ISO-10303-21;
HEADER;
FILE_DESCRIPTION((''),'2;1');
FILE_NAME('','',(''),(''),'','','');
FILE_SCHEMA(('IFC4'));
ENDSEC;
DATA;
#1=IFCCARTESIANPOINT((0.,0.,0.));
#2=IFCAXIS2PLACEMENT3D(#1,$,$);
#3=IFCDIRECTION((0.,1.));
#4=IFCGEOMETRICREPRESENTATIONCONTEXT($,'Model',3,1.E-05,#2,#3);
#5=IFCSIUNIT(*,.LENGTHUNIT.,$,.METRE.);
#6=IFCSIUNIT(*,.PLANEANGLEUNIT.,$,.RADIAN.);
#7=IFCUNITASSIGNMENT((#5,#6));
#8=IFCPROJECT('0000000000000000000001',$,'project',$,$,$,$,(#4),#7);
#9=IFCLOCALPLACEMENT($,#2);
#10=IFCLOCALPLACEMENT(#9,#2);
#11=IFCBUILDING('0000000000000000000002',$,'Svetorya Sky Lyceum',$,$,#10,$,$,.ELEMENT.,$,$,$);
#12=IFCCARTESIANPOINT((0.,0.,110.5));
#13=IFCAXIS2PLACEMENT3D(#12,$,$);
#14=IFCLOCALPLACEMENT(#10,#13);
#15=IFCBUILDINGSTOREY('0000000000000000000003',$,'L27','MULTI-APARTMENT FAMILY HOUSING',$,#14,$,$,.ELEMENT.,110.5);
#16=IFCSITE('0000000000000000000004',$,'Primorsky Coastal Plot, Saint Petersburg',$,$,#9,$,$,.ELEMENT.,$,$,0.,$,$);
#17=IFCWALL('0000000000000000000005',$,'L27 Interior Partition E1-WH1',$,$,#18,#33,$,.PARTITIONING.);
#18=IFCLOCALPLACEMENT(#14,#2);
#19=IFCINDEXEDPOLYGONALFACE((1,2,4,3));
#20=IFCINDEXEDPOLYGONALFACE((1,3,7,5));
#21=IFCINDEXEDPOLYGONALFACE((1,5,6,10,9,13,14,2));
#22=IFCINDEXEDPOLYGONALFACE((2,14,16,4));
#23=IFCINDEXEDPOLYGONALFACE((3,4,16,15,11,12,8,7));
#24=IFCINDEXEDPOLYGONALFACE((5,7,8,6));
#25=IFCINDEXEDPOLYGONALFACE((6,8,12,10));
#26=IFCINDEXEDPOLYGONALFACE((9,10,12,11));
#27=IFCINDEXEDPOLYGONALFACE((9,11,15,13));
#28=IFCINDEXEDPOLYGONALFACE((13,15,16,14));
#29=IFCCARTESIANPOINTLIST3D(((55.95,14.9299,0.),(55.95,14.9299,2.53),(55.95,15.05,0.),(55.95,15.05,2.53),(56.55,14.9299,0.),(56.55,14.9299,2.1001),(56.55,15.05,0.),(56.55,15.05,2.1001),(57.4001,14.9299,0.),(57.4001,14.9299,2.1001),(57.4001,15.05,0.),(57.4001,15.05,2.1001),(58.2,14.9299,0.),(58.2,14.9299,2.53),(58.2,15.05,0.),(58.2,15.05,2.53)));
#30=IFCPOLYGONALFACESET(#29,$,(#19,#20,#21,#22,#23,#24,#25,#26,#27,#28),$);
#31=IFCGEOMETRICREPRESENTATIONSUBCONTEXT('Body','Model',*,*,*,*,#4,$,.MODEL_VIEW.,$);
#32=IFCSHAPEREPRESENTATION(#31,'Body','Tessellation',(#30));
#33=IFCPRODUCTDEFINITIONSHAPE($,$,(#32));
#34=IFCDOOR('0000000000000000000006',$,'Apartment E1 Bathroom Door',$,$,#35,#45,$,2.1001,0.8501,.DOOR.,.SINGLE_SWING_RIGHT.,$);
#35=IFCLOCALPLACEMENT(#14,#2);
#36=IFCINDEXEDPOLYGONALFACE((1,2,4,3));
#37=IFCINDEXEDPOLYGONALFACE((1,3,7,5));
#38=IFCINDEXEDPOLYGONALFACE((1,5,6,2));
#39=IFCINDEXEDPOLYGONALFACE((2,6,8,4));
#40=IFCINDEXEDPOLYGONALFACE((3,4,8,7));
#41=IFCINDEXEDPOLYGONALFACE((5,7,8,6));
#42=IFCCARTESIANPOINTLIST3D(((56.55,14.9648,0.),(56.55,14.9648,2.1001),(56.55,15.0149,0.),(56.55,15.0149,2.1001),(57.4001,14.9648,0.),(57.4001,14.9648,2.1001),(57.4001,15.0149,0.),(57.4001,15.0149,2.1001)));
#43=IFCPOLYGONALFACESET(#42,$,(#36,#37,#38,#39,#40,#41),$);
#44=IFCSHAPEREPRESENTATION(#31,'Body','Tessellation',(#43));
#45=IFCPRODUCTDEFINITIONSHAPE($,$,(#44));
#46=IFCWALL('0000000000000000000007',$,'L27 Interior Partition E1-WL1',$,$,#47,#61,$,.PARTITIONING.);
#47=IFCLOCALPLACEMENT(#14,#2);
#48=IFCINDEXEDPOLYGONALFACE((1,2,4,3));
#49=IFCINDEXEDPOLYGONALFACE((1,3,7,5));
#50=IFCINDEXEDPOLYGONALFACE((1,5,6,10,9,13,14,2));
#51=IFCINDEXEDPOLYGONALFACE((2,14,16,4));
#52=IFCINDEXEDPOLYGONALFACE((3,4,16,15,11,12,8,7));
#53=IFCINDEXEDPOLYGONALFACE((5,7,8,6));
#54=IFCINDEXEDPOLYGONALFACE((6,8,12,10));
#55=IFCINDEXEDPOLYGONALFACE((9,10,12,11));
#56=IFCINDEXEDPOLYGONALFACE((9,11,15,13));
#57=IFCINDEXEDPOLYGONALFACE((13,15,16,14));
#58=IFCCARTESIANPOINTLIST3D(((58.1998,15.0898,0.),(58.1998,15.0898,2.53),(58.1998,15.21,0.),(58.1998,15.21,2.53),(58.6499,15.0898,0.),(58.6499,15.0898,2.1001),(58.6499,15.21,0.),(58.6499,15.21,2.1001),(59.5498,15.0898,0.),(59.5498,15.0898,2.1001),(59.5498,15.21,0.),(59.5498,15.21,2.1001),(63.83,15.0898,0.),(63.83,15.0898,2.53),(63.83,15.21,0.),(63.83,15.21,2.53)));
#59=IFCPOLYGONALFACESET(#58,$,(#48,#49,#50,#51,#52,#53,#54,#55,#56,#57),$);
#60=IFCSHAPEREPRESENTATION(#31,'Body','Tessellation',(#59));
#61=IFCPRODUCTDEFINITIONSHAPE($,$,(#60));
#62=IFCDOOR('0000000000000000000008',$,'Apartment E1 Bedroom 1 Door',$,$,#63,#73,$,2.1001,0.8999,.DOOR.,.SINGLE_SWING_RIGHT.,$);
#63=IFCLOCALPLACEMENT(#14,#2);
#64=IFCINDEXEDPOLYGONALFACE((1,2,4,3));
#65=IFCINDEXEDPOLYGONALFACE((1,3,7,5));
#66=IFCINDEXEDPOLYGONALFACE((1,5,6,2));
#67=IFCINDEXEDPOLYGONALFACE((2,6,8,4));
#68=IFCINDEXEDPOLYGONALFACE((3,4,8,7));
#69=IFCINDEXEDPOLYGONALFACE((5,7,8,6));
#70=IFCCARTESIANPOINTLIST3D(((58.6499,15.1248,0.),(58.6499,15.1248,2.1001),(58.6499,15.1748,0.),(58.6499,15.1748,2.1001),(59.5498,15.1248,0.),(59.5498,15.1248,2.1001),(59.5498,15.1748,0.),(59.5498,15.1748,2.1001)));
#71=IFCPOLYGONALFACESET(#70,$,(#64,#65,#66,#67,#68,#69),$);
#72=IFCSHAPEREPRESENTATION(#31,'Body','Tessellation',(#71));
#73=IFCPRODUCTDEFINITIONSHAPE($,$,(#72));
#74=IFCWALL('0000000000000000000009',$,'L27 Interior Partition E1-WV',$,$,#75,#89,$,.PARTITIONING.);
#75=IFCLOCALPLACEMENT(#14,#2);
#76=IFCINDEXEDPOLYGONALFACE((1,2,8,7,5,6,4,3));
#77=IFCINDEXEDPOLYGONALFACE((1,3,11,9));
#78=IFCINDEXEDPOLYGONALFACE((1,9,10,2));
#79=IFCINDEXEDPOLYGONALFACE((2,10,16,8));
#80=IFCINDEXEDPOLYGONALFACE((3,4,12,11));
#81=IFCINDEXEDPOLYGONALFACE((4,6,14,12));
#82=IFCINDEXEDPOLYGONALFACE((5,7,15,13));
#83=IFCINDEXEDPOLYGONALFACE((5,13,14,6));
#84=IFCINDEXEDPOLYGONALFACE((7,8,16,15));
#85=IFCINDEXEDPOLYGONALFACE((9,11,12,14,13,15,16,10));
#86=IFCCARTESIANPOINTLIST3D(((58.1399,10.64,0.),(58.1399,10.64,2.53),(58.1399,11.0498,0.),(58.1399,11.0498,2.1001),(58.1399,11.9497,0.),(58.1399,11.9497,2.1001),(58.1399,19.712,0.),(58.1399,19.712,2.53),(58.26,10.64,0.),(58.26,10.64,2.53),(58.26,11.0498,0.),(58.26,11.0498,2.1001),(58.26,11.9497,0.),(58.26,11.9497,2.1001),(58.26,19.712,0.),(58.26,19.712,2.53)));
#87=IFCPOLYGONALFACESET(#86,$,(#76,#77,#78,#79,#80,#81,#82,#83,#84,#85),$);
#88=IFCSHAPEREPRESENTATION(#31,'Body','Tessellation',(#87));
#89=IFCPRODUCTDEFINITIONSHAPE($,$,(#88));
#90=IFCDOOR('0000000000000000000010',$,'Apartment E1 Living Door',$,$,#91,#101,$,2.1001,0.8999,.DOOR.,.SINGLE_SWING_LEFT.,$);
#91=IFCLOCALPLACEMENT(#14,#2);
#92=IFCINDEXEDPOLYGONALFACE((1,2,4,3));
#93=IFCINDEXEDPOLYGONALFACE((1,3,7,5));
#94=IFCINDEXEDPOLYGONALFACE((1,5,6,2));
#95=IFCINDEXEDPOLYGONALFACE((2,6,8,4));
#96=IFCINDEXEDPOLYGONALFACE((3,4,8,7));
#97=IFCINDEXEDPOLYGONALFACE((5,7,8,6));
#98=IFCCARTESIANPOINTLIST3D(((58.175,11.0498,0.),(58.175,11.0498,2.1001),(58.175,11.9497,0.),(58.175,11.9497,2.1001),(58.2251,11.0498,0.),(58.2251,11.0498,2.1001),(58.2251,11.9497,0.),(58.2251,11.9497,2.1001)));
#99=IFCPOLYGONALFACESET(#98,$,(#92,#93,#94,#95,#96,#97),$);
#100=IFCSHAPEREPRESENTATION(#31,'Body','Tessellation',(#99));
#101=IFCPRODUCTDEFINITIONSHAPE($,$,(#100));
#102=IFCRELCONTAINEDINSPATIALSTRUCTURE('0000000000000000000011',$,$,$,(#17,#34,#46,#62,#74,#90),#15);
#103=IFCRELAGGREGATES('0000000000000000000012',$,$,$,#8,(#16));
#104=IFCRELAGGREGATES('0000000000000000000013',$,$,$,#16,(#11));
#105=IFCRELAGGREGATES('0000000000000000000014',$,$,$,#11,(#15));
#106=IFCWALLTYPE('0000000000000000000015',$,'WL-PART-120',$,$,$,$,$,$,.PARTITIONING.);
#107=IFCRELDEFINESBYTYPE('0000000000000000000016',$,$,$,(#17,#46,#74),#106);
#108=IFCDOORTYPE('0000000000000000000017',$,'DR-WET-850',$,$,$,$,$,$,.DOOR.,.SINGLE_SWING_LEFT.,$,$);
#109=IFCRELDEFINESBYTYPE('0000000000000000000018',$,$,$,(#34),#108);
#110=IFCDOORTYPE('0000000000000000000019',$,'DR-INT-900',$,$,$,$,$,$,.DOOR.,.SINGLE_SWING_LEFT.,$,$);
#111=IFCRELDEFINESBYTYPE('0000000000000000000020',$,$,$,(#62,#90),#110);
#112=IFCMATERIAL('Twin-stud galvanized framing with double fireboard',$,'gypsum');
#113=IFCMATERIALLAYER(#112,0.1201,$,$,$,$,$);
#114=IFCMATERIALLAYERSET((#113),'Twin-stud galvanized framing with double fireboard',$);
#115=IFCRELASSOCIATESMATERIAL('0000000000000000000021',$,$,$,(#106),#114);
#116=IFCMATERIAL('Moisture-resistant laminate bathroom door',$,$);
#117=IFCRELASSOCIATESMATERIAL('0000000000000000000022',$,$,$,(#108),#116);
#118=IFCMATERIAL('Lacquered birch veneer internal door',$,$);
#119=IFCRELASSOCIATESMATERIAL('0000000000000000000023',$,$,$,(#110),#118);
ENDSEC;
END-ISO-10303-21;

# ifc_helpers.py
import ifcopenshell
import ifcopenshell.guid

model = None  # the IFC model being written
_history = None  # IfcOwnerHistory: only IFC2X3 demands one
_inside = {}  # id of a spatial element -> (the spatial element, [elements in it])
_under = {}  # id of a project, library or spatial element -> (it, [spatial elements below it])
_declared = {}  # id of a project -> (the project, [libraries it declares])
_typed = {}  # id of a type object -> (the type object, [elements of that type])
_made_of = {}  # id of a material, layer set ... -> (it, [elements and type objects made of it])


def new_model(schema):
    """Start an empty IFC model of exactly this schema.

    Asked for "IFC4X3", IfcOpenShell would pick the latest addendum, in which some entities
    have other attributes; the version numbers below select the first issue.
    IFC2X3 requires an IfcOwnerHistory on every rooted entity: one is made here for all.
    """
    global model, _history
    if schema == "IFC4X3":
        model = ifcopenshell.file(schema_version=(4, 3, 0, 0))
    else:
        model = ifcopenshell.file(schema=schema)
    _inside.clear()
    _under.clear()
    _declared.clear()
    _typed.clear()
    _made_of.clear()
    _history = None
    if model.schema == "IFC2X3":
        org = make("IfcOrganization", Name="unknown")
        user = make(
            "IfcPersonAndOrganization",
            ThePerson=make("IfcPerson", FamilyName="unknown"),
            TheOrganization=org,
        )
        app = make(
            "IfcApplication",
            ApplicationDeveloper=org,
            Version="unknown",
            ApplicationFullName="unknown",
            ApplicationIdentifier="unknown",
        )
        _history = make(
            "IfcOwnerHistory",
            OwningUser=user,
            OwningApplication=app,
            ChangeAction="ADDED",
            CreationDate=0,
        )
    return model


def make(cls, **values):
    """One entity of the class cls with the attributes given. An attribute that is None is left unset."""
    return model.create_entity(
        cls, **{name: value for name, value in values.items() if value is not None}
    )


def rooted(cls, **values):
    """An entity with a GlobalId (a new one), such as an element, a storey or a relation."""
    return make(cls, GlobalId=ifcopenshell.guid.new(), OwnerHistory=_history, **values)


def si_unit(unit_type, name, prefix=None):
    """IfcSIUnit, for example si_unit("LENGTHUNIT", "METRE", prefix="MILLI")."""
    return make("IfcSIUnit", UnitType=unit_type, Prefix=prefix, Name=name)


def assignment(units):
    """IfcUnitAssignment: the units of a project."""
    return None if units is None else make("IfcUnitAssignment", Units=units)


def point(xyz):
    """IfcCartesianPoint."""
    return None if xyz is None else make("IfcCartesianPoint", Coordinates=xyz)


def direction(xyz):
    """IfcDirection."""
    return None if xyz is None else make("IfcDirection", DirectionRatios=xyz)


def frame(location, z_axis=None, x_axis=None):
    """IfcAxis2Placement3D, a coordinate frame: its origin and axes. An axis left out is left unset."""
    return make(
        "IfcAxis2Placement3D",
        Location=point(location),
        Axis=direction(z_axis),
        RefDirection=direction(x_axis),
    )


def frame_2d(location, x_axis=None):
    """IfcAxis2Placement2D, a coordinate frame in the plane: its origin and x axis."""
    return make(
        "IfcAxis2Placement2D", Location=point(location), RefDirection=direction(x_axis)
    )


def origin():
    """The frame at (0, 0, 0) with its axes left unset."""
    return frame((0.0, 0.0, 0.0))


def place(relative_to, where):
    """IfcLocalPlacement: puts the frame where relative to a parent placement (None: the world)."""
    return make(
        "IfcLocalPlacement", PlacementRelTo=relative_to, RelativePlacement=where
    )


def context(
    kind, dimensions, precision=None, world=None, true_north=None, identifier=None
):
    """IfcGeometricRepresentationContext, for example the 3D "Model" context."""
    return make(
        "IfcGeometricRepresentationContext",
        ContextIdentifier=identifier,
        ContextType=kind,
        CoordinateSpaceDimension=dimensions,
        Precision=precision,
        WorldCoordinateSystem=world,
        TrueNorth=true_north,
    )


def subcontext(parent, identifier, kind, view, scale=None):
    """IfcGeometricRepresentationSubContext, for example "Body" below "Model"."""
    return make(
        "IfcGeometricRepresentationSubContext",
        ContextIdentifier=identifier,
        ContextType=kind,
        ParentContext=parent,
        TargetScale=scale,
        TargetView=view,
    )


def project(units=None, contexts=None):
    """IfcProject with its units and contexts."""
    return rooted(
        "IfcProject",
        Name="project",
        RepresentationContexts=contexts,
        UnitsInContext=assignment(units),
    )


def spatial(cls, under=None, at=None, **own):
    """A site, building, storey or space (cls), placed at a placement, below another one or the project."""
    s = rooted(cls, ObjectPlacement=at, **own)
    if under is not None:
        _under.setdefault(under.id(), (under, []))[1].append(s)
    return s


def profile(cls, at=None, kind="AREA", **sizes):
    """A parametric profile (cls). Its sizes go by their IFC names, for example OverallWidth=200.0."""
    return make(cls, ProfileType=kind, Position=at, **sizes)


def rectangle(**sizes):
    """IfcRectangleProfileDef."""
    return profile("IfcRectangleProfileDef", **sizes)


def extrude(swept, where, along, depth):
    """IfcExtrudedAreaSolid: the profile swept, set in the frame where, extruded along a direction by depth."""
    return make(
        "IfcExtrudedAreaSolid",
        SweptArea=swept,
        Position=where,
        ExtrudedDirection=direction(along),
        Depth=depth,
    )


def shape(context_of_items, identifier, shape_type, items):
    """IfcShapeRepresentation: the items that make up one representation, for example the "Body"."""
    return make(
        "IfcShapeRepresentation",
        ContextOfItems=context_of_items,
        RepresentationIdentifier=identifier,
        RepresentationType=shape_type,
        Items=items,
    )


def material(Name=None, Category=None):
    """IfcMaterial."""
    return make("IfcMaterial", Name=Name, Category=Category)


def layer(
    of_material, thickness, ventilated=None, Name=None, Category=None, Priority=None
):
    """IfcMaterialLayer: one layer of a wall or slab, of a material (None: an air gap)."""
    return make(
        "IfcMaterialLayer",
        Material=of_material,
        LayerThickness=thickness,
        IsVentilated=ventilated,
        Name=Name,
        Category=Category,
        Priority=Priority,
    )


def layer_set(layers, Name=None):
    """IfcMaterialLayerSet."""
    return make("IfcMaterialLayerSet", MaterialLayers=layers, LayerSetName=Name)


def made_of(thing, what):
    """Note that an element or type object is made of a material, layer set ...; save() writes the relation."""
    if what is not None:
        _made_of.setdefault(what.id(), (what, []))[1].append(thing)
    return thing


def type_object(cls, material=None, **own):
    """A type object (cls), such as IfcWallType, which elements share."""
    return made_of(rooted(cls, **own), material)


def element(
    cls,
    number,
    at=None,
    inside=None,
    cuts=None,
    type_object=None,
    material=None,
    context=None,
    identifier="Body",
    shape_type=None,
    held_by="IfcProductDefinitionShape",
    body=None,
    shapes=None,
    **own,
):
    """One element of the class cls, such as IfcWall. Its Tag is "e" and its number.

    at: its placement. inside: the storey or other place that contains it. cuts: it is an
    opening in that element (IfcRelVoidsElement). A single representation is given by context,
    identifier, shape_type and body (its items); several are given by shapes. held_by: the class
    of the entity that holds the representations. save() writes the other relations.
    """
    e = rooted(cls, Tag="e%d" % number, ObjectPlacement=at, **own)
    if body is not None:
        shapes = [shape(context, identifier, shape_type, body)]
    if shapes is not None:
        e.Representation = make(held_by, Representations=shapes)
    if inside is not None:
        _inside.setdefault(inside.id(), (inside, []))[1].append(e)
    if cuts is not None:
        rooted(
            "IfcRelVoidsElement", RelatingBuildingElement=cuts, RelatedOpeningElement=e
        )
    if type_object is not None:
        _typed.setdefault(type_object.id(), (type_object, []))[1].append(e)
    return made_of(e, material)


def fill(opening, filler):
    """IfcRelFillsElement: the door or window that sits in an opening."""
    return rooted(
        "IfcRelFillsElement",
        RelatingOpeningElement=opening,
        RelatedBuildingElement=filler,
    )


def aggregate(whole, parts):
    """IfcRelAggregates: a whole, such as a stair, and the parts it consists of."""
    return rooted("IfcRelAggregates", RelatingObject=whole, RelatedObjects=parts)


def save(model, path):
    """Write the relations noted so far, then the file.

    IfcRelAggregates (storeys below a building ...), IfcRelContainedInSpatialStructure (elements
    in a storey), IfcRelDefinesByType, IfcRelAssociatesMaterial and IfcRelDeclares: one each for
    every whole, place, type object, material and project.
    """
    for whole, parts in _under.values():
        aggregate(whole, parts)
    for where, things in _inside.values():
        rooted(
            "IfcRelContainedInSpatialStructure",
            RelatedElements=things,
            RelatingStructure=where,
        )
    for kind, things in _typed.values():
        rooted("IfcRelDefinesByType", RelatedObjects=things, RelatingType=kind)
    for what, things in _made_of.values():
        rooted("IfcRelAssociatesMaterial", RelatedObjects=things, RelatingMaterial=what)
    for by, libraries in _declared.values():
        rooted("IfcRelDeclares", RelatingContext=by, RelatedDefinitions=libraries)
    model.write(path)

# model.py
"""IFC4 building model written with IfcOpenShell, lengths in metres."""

from ifc_helpers import new_model, si_unit, direction, frame, frame_2d, origin, place, context, subcontext, project, spatial, rectangle, extrude, material, layer, layer_set, type_object, element, fill, save


model = new_model("IFC4")

# Units and contexts
model_context = context("Model", 3, precision=1e-05, world=origin(), true_north=direction((0.0, 1.0)))
body_context = subcontext(model_context, "Body", "Model", "MODEL_VIEW")
ifc_project = project(units=[si_unit("LENGTHUNIT", "METRE"), si_unit("PLANEANGLEUNIT", "RADIAN")], contexts=[model_context])

# Site, building, storey
site_placement = place(None, origin())
site = spatial("IfcSite", under=ifc_project, at=site_placement, Name="Primorsky Coastal Plot, Saint Petersburg", CompositionType="ELEMENT", RefElevation=0.0)
building_placement = place(site_placement, origin())
building = spatial("IfcBuilding", under=site, at=building_placement, Name="Svetorya Sky Lyceum", CompositionType="ELEMENT")
storey_placement = place(building_placement, frame((0.0, 0.0, 110.5)))
storey = spatial("IfcBuildingStorey", under=building, at=storey_placement, Name="L27", Description="MULTI-APARTMENT FAMILY HOUSING", CompositionType="ELEMENT", Elevation=110.5)

# Walls, openings, doors
ifc_material_1 = material(Name="Twin-stud galvanized framing with double fireboard", Category="gypsum")
ifc_layer_1 = layer(ifc_material_1, 0.1201)
ifc_layer_set_1 = layer_set([ifc_layer_1], Name="Twin-stud galvanized framing with double fireboard")
wall_type_1 = type_object("IfcWallType", Name="WL-PART-120", PredefinedType="PARTITIONING", material=ifc_layer_set_1)
wall_1_placement = place(storey_placement, frame((55.95, 14.99, 0.0), z_axis=(0.0, 0.0, 1.0), x_axis=(1.0, 0.0, 0.0)))
wall_1 = element("IfcWall", 1, at=wall_1_placement, inside=storey, type_object=wall_type_1, Name="L27 Interior Partition E1-WH1", PredefinedType="PARTITIONING", context=body_context, shape_type="SweptSolid", body=[
    extrude(rectangle(XDim=2.25, YDim=0.1201, at=frame_2d((1.125, 0.0))), origin(), (0.0, 0.0, 1.0), 2.53),
])
opening_1_placement = place(wall_1_placement, frame((0.6001, 0.0, 0.0)))
opening_1 = element("IfcOpeningElement", 2, at=opening_1_placement, cuts=wall_1, PredefinedType="OPENING", context=body_context, shape_type="SweptSolid", body=[
    extrude(rectangle(XDim=0.8501, YDim=2.1001, at=frame_2d((0.425, 1.05))), frame((0.0, 0.0701, 0.0), z_axis=(0.0, -1.0, 0.0), x_axis=(1.0, 0.0, 0.0)), (0.0, 0.0, 1.0), 0.1401),
])
ifc_material_2 = material(Name="Moisture-resistant laminate bathroom door")
door_type_1 = type_object("IfcDoorType", Name="DR-WET-850", OperationType="SINGLE_SWING_LEFT", PredefinedType="DOOR", material=ifc_material_2)
door_1_placement = place(opening_1_placement, origin())
door_1 = element("IfcDoor", 3, at=door_1_placement, inside=storey, type_object=door_type_1, Name="Apartment E1 Bathroom Door", OperationType="SINGLE_SWING_RIGHT", OverallHeight=2.1001, OverallWidth=0.8501, PredefinedType="DOOR", context=body_context, shape_type="SweptSolid", body=[
    extrude(rectangle(XDim=0.8501, YDim=2.1001, at=frame_2d((0.425, 1.05))), frame((0.0, 0.0249, 0.0), z_axis=(0.0, -1.0, 0.0), x_axis=(1.0, 0.0, 0.0)), (0.0, 0.0, 1.0), 0.05),
])
fill(opening_1, door_1)
wall_2_placement = place(storey_placement, frame((58.2, 15.1499, 0.0), z_axis=(0.0, 0.0, 1.0), x_axis=(1.0, 0.0, 0.0)))
wall_2 = element("IfcWall", 4, at=wall_2_placement, inside=storey, type_object=wall_type_1, Name="L27 Interior Partition E1-WL1", PredefinedType="PARTITIONING", context=body_context, shape_type="SweptSolid", body=[
    extrude(rectangle(XDim=5.6301, YDim=0.1201, at=frame_2d((2.8149, 0.0))), origin(), (0.0, 0.0, 1.0), 2.53),
])
opening_2_placement = place(wall_2_placement, frame((0.45, 0.0, 0.0)))
opening_2 = element("IfcOpeningElement", 5, at=opening_2_placement, cuts=wall_2, PredefinedType="OPENING", context=body_context, shape_type="SweptSolid", body=[
    extrude(rectangle(XDim=0.8999, YDim=2.1001, at=frame_2d((0.45, 1.05))), frame((0.0, 0.0701, 0.0), z_axis=(0.0, -1.0, 0.0), x_axis=(1.0, 0.0, 0.0)), (0.0, 0.0, 1.0), 0.1401),
])
ifc_material_3 = material(Name="Lacquered birch veneer internal door")
door_type_2 = type_object("IfcDoorType", Name="DR-INT-900", OperationType="SINGLE_SWING_LEFT", PredefinedType="DOOR", material=ifc_material_3)
door_2_placement = place(opening_2_placement, origin())
door_2 = element("IfcDoor", 6, at=door_2_placement, inside=storey, type_object=door_type_2, Name="Apartment E1 Bedroom 1 Door", OperationType="SINGLE_SWING_RIGHT", OverallHeight=2.1001, OverallWidth=0.8999, PredefinedType="DOOR", context=body_context, shape_type="SweptSolid", body=[
    extrude(rectangle(XDim=0.8999, YDim=2.1001, at=frame_2d((0.45, 1.05))), frame((0.0, 0.0249, 0.0), z_axis=(0.0, -1.0, 0.0), x_axis=(1.0, 0.0, 0.0)), (0.0, 0.0, 1.0), 0.05),
])
fill(opening_2, door_2)
wall_3_placement = place(storey_placement, frame((58.2, 10.6399, 0.0), z_axis=(0.0, 0.0, 1.0), x_axis=(0.0, 1.0, 0.0)))
wall_3 = element("IfcWall", 7, at=wall_3_placement, inside=storey, type_object=wall_type_1, Name="L27 Interior Partition E1-WV", PredefinedType="PARTITIONING", context=body_context, shape_type="SweptSolid", body=[
    extrude(rectangle(XDim=9.072, YDim=0.1201, at=frame_2d((4.5361, 0.0))), origin(), (0.0, 0.0, 1.0), 2.53),
])
opening_3_placement = place(wall_3_placement, frame((0.4099, 0.0, 0.0)))
opening_3 = element("IfcOpeningElement", 8, at=opening_3_placement, cuts=wall_3, PredefinedType="OPENING", context=body_context, shape_type="SweptSolid", body=[
    extrude(rectangle(XDim=0.8999, YDim=2.1001, at=frame_2d((0.45, 1.05))), frame((0.0, 0.0701, 0.0), z_axis=(0.0, -1.0, 0.0), x_axis=(1.0, 0.0, 0.0)), (0.0, 0.0, 1.0), 0.1401),
])
door_3_placement = place(opening_3_placement, origin())
door_3 = element("IfcDoor", 9, at=door_3_placement, inside=storey, type_object=door_type_2, Name="Apartment E1 Living Door", OperationType="SINGLE_SWING_LEFT", OverallHeight=2.1001, OverallWidth=0.8999, PredefinedType="DOOR", context=body_context, shape_type="SweptSolid", body=[
    extrude(rectangle(XDim=0.8999, YDim=2.1001, at=frame_2d((0.45, 1.05))), frame((0.0, 0.0249, 0.0), z_axis=(0.0, -1.0, 0.0), x_axis=(1.0, 0.0, 0.0)), (0.0, 0.0, 1.0), 0.05),
])
fill(opening_3, door_3)

save(model, "model.ifc")
